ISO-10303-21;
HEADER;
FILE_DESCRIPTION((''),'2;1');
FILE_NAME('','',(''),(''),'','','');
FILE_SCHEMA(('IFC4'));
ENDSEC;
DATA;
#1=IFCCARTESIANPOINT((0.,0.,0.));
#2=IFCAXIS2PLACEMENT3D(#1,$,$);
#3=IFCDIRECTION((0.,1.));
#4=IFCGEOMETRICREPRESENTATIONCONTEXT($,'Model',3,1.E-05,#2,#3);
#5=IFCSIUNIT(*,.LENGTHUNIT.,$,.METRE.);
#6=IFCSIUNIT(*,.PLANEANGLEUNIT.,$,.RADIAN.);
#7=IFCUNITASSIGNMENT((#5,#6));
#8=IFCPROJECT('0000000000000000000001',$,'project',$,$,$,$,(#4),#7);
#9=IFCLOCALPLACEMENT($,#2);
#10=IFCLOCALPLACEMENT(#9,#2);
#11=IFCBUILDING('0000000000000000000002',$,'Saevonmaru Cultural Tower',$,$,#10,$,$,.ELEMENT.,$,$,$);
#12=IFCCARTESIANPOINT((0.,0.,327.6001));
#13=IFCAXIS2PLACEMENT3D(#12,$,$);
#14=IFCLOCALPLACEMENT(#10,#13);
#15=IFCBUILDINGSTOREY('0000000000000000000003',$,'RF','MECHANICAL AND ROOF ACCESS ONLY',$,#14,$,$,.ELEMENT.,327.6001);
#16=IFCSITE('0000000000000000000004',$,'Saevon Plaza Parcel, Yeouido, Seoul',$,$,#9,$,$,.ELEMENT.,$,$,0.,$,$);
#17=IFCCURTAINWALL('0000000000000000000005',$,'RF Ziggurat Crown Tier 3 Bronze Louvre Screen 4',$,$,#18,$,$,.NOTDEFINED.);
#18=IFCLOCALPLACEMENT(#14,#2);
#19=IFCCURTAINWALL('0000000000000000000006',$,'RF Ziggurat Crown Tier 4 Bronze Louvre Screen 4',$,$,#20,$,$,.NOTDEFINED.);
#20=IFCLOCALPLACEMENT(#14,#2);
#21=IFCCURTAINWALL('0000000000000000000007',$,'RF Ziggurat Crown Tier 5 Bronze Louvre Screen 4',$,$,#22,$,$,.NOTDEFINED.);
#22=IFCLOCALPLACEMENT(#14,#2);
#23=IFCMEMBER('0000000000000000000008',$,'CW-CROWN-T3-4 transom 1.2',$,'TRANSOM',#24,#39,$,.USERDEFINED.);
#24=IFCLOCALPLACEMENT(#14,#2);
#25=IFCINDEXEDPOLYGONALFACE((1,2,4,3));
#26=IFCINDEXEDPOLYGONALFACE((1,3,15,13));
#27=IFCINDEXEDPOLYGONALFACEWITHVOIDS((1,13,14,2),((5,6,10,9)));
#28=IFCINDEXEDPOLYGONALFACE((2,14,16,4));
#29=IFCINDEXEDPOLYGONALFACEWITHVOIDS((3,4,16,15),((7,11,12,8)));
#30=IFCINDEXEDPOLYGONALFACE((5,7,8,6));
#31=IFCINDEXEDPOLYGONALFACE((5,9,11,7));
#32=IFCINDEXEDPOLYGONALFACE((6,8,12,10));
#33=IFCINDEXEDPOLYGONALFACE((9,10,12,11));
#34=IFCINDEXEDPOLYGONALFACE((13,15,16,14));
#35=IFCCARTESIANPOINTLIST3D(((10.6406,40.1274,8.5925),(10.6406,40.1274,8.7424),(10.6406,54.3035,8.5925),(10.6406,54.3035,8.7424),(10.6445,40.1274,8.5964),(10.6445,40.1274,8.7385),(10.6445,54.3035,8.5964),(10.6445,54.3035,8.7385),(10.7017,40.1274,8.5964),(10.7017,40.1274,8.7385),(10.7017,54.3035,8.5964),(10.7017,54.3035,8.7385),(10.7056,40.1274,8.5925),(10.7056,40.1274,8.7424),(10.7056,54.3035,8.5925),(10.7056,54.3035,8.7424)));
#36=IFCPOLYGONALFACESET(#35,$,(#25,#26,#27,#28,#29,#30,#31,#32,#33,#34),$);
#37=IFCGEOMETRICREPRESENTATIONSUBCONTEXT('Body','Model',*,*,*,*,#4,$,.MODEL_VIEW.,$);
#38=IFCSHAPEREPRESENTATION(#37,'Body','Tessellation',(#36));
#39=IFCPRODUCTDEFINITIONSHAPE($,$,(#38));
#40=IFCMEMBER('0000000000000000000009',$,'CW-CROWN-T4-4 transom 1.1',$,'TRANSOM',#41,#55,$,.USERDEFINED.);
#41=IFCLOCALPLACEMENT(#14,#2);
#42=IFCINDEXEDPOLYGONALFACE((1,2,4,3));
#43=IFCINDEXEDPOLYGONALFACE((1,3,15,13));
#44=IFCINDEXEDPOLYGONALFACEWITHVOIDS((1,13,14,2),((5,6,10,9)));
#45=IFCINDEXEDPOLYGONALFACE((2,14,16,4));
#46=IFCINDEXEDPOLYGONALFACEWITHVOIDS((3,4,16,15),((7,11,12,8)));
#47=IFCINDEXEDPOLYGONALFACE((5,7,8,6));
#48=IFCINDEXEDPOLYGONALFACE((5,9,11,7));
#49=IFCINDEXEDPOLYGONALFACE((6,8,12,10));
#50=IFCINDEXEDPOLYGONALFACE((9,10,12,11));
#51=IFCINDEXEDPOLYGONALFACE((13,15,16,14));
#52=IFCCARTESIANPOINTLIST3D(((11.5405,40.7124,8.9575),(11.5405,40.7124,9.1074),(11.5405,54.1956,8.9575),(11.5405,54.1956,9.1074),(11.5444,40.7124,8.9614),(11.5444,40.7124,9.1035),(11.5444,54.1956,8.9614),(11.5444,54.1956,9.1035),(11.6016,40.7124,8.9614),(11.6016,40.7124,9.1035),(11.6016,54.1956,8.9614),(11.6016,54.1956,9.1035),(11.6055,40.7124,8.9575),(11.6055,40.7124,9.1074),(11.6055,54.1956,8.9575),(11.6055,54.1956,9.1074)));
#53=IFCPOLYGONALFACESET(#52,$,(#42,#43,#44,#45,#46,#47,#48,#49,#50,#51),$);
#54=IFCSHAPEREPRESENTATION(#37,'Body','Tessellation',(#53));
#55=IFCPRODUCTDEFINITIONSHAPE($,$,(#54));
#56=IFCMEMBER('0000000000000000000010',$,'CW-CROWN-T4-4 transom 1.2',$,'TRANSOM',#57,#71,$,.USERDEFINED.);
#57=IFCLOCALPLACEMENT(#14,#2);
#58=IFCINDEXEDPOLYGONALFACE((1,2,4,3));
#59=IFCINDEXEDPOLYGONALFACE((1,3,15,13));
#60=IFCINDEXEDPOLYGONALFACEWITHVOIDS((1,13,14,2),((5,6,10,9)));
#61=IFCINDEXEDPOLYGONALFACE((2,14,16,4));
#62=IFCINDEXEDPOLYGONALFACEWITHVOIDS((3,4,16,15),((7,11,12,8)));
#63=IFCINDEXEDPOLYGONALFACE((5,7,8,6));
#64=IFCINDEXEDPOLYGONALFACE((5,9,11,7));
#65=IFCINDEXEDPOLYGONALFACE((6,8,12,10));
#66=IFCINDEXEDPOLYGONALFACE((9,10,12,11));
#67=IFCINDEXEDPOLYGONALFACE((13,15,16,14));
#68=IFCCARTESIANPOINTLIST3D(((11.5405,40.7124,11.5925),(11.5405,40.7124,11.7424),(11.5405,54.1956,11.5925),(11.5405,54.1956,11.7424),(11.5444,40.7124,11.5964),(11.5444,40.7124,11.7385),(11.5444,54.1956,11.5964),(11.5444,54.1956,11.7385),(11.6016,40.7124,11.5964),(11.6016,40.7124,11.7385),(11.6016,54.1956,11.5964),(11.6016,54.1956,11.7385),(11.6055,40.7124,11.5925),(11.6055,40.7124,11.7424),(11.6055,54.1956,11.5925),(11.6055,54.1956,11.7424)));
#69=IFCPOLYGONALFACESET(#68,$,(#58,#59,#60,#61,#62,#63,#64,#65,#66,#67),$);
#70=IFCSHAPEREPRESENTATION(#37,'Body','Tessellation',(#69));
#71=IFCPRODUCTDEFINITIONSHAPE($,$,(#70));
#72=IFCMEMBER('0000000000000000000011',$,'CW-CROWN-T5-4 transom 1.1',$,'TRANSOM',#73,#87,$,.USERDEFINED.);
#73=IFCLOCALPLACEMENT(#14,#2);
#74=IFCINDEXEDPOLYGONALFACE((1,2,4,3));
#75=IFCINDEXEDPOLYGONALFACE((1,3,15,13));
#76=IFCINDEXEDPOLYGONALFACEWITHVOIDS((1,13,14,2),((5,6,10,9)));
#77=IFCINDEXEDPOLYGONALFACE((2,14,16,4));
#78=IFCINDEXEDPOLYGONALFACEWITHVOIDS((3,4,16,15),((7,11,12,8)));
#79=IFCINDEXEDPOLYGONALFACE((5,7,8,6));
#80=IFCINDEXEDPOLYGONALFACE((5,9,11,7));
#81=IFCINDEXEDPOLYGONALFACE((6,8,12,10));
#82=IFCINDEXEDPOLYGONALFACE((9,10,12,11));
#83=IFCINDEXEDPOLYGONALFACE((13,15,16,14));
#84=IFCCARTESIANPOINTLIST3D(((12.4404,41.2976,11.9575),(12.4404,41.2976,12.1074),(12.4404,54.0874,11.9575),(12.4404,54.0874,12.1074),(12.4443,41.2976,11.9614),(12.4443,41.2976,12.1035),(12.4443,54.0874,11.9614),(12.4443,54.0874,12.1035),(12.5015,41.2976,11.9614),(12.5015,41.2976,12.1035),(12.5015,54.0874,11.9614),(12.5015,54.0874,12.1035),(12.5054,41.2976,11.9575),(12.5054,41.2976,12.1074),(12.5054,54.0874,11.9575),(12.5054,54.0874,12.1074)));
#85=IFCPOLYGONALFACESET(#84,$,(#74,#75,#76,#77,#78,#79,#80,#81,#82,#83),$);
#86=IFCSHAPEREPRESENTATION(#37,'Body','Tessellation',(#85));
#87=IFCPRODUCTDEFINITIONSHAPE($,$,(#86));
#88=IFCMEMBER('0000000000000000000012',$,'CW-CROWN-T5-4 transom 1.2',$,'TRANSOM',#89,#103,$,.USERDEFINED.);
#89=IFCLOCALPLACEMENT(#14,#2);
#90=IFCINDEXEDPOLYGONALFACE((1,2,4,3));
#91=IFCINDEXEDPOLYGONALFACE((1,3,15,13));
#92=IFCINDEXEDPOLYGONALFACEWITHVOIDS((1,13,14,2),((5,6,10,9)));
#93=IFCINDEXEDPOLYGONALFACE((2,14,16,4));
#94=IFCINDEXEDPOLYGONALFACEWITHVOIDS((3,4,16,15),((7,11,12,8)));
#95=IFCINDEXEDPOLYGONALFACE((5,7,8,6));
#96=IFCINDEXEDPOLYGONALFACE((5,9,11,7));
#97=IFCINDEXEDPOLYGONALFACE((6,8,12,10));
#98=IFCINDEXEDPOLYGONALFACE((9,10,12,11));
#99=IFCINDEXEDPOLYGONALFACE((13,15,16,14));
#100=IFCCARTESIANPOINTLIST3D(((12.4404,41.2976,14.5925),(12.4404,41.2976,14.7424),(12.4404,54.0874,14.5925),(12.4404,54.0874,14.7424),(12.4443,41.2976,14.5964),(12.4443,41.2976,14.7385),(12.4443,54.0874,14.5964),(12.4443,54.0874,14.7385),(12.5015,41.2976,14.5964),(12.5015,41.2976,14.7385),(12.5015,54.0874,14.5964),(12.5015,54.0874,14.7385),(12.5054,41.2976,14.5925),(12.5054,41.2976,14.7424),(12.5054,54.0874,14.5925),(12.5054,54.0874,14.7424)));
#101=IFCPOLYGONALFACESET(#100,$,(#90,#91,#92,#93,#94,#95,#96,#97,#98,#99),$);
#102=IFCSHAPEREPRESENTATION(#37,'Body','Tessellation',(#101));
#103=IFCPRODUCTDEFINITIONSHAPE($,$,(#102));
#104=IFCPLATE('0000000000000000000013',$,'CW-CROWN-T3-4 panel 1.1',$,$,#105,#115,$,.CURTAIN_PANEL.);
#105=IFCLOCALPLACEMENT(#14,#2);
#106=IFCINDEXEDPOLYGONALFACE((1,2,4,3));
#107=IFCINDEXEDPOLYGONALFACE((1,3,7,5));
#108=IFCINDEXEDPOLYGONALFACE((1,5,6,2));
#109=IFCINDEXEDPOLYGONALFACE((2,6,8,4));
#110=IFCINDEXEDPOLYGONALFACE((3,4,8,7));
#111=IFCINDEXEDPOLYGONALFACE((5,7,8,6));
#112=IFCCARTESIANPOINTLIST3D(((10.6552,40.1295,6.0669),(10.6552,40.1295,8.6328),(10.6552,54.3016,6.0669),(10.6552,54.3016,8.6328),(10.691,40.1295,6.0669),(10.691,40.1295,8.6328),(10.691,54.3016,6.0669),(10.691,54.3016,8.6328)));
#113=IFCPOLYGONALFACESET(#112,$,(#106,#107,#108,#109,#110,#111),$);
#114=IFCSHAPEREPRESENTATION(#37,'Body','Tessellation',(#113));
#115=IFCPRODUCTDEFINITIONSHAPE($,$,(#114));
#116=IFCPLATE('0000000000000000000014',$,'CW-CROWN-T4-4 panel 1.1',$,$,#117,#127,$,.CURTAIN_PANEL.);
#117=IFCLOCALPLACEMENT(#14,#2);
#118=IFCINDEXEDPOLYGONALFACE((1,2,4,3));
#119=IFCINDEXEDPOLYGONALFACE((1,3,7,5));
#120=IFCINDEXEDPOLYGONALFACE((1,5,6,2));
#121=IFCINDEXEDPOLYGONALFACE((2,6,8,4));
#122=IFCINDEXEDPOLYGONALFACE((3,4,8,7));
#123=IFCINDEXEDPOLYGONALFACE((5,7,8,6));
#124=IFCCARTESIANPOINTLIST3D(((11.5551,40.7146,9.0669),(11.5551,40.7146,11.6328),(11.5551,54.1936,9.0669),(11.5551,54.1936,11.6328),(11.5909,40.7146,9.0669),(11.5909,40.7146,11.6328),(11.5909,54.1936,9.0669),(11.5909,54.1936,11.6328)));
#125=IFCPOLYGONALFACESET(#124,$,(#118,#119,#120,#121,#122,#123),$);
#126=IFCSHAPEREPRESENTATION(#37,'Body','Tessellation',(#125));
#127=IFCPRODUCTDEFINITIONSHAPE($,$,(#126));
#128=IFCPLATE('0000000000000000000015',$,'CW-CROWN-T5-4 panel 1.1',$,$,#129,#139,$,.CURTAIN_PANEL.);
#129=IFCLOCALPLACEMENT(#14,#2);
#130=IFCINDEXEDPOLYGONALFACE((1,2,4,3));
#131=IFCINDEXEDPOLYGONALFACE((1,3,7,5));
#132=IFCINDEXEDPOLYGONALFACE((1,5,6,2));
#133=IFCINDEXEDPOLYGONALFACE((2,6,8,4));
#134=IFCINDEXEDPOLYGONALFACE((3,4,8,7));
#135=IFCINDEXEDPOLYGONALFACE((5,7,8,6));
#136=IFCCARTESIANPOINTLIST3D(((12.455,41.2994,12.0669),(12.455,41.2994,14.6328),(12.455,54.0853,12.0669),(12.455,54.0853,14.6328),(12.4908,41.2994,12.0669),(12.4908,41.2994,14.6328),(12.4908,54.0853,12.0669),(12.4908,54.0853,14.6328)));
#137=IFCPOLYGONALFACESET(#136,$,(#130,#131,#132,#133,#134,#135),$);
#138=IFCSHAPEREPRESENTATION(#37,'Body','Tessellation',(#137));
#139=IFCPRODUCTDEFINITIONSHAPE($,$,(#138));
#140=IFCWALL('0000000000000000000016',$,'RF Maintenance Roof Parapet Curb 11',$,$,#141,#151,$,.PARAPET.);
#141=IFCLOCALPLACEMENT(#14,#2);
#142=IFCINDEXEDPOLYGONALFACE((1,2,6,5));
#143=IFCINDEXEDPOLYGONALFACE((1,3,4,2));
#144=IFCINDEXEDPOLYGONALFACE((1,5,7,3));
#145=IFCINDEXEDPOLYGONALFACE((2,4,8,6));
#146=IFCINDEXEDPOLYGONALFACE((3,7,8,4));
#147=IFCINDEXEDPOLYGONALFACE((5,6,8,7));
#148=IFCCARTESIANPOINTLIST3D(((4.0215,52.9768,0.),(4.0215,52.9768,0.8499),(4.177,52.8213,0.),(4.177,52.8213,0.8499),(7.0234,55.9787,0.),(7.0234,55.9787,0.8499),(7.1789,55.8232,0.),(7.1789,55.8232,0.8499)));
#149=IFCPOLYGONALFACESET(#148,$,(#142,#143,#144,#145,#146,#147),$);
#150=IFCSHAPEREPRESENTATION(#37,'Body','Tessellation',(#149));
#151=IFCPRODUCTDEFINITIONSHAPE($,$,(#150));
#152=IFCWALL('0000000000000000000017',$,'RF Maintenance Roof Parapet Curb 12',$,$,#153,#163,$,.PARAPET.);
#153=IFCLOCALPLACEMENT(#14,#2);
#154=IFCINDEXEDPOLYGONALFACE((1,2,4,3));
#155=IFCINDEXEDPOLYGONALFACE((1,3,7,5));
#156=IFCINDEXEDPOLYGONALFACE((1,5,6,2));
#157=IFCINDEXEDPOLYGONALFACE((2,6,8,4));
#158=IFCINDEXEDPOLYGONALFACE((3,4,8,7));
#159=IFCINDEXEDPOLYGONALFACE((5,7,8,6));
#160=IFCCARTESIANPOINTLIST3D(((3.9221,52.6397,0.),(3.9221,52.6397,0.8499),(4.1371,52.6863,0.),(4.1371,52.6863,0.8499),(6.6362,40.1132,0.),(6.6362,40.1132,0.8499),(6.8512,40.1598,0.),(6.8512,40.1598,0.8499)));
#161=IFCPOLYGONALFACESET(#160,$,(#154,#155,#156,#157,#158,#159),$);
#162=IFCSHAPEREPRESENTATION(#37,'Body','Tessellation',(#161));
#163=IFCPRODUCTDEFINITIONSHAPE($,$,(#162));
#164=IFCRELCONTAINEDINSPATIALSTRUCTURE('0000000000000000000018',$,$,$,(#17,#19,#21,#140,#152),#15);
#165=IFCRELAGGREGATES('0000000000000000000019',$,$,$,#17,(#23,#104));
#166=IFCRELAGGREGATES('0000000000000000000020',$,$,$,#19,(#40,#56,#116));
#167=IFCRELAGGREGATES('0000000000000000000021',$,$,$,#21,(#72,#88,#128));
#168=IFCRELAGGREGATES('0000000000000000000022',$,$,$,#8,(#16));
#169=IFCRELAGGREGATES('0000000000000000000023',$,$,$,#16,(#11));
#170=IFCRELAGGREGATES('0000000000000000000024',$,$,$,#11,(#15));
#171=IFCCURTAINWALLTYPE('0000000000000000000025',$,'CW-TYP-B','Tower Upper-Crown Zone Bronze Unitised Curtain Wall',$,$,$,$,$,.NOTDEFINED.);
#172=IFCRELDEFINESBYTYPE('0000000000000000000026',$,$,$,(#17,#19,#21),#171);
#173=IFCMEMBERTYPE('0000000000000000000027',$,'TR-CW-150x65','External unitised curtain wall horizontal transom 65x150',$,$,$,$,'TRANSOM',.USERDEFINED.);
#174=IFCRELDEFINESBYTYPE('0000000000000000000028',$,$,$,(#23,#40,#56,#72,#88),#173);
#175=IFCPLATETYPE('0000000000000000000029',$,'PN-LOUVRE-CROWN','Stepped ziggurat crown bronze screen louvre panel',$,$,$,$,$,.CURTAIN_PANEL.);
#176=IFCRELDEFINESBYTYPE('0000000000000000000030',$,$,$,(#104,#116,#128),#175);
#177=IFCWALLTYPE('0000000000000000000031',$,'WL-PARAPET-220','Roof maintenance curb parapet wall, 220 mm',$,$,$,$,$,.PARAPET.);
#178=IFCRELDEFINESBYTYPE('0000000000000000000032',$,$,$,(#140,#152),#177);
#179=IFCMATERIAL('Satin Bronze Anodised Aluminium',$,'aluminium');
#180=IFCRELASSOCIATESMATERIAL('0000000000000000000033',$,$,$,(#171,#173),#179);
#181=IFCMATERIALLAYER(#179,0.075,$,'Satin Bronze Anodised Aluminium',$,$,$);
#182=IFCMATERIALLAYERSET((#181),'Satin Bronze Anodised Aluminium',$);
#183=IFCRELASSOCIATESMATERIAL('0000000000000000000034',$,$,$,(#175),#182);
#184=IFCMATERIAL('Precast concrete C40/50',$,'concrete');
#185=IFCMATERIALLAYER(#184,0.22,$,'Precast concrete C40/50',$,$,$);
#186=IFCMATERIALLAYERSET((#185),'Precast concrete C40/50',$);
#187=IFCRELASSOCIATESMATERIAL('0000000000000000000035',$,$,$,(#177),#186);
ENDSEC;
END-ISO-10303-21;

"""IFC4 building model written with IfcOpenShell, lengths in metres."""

from ifc_helpers import new_model, si_unit, direction, frame, frame_2d, origin, origin_2d, place, context, subcontext, project, spatial, rectangle, hollow_rectangle, extrude, material, layer, layer_set, material_profile, profile_set, type_object, element, aggregate, save


model = new_model("IFC4")

# Units and contexts
model_context = context("Model", 3, precision=1e-05, world=origin(), true_north=direction((0.0, 1.0)))
body_context = subcontext(model_context, "Body", "Model", "MODEL_VIEW")
ifc_project = project(units=[si_unit("LENGTHUNIT", "METRE"), si_unit("PLANEANGLEUNIT", "RADIAN")], contexts=[model_context])

# Site, building, storey
site_placement = place(None, origin())
site = spatial("IfcSite", under=ifc_project, at=site_placement, Name="Saevon Plaza Parcel, Yeouido, Seoul", CompositionType="ELEMENT", RefElevation=0.0)
building_placement = place(site_placement, origin())
building = spatial("IfcBuilding", under=site, at=building_placement, Name="Saevonmaru Cultural Tower", CompositionType="ELEMENT")
storey_placement = place(building_placement, frame((0.0, 0.0, 327.6001)))
storey = spatial("IfcBuildingStorey", under=building, at=storey_placement, Name="RF", Description="MECHANICAL AND ROOF ACCESS ONLY", CompositionType="ELEMENT", Elevation=327.6001)

# Curtain walls
ifc_material_1 = material(Name="Satin Bronze Anodised Aluminium", Category="aluminium")
curtain_wall_type = type_object("IfcCurtainWallType", Name="CW-TYP-B", Description="Tower Upper-Crown Zone Bronze Unitised Curtain Wall", PredefinedType="NOTDEFINED", material=ifc_material_1)
curtain_wall_1_placement = place(storey_placement, origin())
curtain_wall_1 = element("IfcCurtainWall", 1, at=curtain_wall_1_placement, inside=storey, type_object=curtain_wall_type, Name="RF Ziggurat Crown Tier 3 Bronze Louvre Screen 4", PredefinedType="NOTDEFINED")
curtain_wall_2_placement = place(storey_placement, origin())
curtain_wall_2 = element("IfcCurtainWall", 2, at=curtain_wall_2_placement, inside=storey, type_object=curtain_wall_type, Name="RF Ziggurat Crown Tier 4 Bronze Louvre Screen 4", PredefinedType="NOTDEFINED")
curtain_wall_3_placement = place(storey_placement, origin())
curtain_wall_3 = element("IfcCurtainWall", 3, at=curtain_wall_3_placement, inside=storey, type_object=curtain_wall_type, Name="RF Ziggurat Crown Tier 5 Bronze Louvre Screen 4", PredefinedType="NOTDEFINED")

# Members
ifc_material_profile_1 = material_profile(ifc_material_1, hollow_rectangle(XDim=0.0649, YDim=0.1499, WallThickness=0.0039, at=origin_2d()), Name="ALU-TRAN-150x65x4")
ifc_profile_set_1 = profile_set([ifc_material_profile_1], Name="Satin Bronze Anodised Aluminium")
member_type_1 = type_object("IfcMemberType", Name="TR-CW-150x65", Description="External unitised curtain wall horizontal transom 65x150", ElementType="TRANSOM", PredefinedType="USERDEFINED", material=ifc_profile_set_1)
member_1_placement = place(storey_placement, frame((10.6731, 54.3035, 8.6675), z_axis=(0.0, -1.0, 0.0), x_axis=(1.0, 0.0, 0.0)))
member_1 = element("IfcMember", 4, at=member_1_placement, type_object=member_type_1, Name="CW-CROWN-T3-4 transom 1.2", ObjectType="TRANSOM", PredefinedType="USERDEFINED", context=body_context, shape_type="SweptSolid", body=[
    extrude(hollow_rectangle(XDim=0.0649, YDim=0.1499, WallThickness=0.0039, at=origin_2d()), origin(), (0.0, 0.0, 1.0), 14.176),
])
member_2_placement = place(storey_placement, frame((11.573, 54.1956, 9.0325), z_axis=(0.0, -1.0, 0.0), x_axis=(1.0, 0.0, 0.0)))
member_2 = element("IfcMember", 5, at=member_2_placement, type_object=member_type_1, Name="CW-CROWN-T4-4 transom 1.1", ObjectType="TRANSOM", PredefinedType="USERDEFINED", context=body_context, shape_type="SweptSolid", body=[
    extrude(hollow_rectangle(XDim=0.0649, YDim=0.1499, WallThickness=0.0039, at=origin_2d()), origin(), (0.0, 0.0, 1.0), 13.4832),
])
member_3_placement = place(storey_placement, frame((11.573, 54.1956, 11.6675), z_axis=(0.0, -1.0, 0.0), x_axis=(1.0, 0.0, 0.0)))
member_3 = element("IfcMember", 6, at=member_3_placement, type_object=member_type_1, Name="CW-CROWN-T4-4 transom 1.2", ObjectType="TRANSOM", PredefinedType="USERDEFINED", context=body_context, shape_type="SweptSolid", body=[
    extrude(hollow_rectangle(XDim=0.0649, YDim=0.1499, WallThickness=0.0039, at=origin_2d()), origin(), (0.0, 0.0, 1.0), 13.4832),
])
member_4_placement = place(storey_placement, frame((12.4729, 54.0874, 12.0325), z_axis=(0.0, -1.0, 0.0), x_axis=(1.0, 0.0, 0.0)))
member_4 = element("IfcMember", 7, at=member_4_placement, type_object=member_type_1, Name="CW-CROWN-T5-4 transom 1.1", ObjectType="TRANSOM", PredefinedType="USERDEFINED", context=body_context, shape_type="SweptSolid", body=[
    extrude(hollow_rectangle(XDim=0.0649, YDim=0.1499, WallThickness=0.0039, at=origin_2d()), origin(), (0.0, 0.0, 1.0), 12.7898),
])
member_5_placement = place(storey_placement, frame((12.4729, 54.0874, 14.6675), z_axis=(0.0, -1.0, 0.0), x_axis=(1.0, 0.0, 0.0)))
member_5 = element("IfcMember", 8, at=member_5_placement, type_object=member_type_1, Name="CW-CROWN-T5-4 transom 1.2", ObjectType="TRANSOM", PredefinedType="USERDEFINED", context=body_context, shape_type="SweptSolid", body=[
    extrude(hollow_rectangle(XDim=0.0649, YDim=0.1499, WallThickness=0.0039, at=origin_2d()), origin(), (0.0, 0.0, 1.0), 12.7898),
])

# Plates
ifc_layer_1 = layer(ifc_material_1, 0.075, Name="Satin Bronze Anodised Aluminium")
ifc_layer_set_1 = layer_set([ifc_layer_1], Name="Satin Bronze Anodised Aluminium")
plate_type = type_object("IfcPlateType", Name="PN-LOUVRE-CROWN", Description="Stepped ziggurat crown bronze screen louvre panel", PredefinedType="CURTAIN_PANEL", material=ifc_layer_set_1)
plate_1_placement = place(storey_placement, frame((10.6731, 47.2156, 6.0669), z_axis=(0.0, 0.0, 1.0), x_axis=(0.0, -1.0, 0.0)))
plate_1 = element("IfcPlate", 9, at=plate_1_placement, type_object=plate_type, Name="CW-CROWN-T3-4 panel 1.1", PredefinedType="CURTAIN_PANEL", context=body_context, shape_type="SweptSolid", body=[
    extrude(rectangle(XDim=14.1721, YDim=0.0359, at=origin_2d()), origin(), (0.0, 0.0, 1.0), 2.5659),
])
aggregate(curtain_wall_1, [member_1, plate_1])
plate_2_placement = place(storey_placement, frame((11.573, 47.4541, 9.0669), z_axis=(0.0, 0.0, 1.0), x_axis=(0.0, -1.0, 0.0)))
plate_2 = element("IfcPlate", 10, at=plate_2_placement, type_object=plate_type, Name="CW-CROWN-T4-4 panel 1.1", PredefinedType="CURTAIN_PANEL", context=body_context, shape_type="SweptSolid", body=[
    extrude(rectangle(XDim=13.479, YDim=0.0359, at=origin_2d()), origin(), (0.0, 0.0, 1.0), 2.5659),
])
aggregate(curtain_wall_2, [member_2, member_3, plate_2])
plate_3_placement = place(storey_placement, frame((12.4729, 47.6924, 12.0669), z_axis=(0.0, 0.0, 1.0), x_axis=(0.0, -1.0, 0.0)))
plate_3 = element("IfcPlate", 11, at=plate_3_placement, type_object=plate_type, Name="CW-CROWN-T5-4 panel 1.1", PredefinedType="CURTAIN_PANEL", context=body_context, shape_type="SweptSolid", body=[
    extrude(rectangle(XDim=12.7859, YDim=0.0359, at=origin_2d()), origin(), (0.0, 0.0, 1.0), 2.5659),
])
aggregate(curtain_wall_3, [member_4, member_5, plate_3])

# Walls
ifc_material_2 = material(Name="Precast concrete C40/50", Category="concrete")
ifc_layer_2 = layer(ifc_material_2, 0.22, Name="Precast concrete C40/50")
ifc_layer_set_2 = layer_set([ifc_layer_2], Name="Precast concrete C40/50")
wall_type = type_object("IfcWallType", Name="WL-PARAPET-220", Description="Roof maintenance curb parapet wall, 220 mm", PredefinedType="PARAPET", material=ifc_layer_set_2)
wall_1_placement = place(storey_placement, frame((7.1011, 55.9009, 0.0), z_axis=(0.0, 0.0, 1.0), x_axis=(-0.707107, -0.707107, 0.0)))
element("IfcWall", 12, at=wall_1_placement, inside=storey, type_object=wall_type, Name="RF Maintenance Roof Parapet Curb 11", PredefinedType="PARAPET", context=body_context, shape_type="SweptSolid", body=[
    extrude(rectangle(XDim=4.2454, YDim=0.22, at=frame_2d((2.1226, 0.0))), origin(), (0.0, 0.0, 1.0), 0.8499),
])
wall_2_placement = place(storey_placement, frame((4.0295, 52.6631, 0.0), z_axis=(0.0, 0.0, 1.0), x_axis=(0.211758, -0.977322, 0.0)))
element("IfcWall", 13, at=wall_2_placement, inside=storey, type_object=wall_type, Name="RF Maintenance Roof Parapet Curb 12", PredefinedType="PARAPET", context=body_context, shape_type="SweptSolid", body=[
    extrude(rectangle(XDim=12.8171, YDim=0.22, at=frame_2d((6.4087, 0.0))), origin(), (0.0, 0.0, 1.0), 0.8499),
])

save(model, "model.ifc")
